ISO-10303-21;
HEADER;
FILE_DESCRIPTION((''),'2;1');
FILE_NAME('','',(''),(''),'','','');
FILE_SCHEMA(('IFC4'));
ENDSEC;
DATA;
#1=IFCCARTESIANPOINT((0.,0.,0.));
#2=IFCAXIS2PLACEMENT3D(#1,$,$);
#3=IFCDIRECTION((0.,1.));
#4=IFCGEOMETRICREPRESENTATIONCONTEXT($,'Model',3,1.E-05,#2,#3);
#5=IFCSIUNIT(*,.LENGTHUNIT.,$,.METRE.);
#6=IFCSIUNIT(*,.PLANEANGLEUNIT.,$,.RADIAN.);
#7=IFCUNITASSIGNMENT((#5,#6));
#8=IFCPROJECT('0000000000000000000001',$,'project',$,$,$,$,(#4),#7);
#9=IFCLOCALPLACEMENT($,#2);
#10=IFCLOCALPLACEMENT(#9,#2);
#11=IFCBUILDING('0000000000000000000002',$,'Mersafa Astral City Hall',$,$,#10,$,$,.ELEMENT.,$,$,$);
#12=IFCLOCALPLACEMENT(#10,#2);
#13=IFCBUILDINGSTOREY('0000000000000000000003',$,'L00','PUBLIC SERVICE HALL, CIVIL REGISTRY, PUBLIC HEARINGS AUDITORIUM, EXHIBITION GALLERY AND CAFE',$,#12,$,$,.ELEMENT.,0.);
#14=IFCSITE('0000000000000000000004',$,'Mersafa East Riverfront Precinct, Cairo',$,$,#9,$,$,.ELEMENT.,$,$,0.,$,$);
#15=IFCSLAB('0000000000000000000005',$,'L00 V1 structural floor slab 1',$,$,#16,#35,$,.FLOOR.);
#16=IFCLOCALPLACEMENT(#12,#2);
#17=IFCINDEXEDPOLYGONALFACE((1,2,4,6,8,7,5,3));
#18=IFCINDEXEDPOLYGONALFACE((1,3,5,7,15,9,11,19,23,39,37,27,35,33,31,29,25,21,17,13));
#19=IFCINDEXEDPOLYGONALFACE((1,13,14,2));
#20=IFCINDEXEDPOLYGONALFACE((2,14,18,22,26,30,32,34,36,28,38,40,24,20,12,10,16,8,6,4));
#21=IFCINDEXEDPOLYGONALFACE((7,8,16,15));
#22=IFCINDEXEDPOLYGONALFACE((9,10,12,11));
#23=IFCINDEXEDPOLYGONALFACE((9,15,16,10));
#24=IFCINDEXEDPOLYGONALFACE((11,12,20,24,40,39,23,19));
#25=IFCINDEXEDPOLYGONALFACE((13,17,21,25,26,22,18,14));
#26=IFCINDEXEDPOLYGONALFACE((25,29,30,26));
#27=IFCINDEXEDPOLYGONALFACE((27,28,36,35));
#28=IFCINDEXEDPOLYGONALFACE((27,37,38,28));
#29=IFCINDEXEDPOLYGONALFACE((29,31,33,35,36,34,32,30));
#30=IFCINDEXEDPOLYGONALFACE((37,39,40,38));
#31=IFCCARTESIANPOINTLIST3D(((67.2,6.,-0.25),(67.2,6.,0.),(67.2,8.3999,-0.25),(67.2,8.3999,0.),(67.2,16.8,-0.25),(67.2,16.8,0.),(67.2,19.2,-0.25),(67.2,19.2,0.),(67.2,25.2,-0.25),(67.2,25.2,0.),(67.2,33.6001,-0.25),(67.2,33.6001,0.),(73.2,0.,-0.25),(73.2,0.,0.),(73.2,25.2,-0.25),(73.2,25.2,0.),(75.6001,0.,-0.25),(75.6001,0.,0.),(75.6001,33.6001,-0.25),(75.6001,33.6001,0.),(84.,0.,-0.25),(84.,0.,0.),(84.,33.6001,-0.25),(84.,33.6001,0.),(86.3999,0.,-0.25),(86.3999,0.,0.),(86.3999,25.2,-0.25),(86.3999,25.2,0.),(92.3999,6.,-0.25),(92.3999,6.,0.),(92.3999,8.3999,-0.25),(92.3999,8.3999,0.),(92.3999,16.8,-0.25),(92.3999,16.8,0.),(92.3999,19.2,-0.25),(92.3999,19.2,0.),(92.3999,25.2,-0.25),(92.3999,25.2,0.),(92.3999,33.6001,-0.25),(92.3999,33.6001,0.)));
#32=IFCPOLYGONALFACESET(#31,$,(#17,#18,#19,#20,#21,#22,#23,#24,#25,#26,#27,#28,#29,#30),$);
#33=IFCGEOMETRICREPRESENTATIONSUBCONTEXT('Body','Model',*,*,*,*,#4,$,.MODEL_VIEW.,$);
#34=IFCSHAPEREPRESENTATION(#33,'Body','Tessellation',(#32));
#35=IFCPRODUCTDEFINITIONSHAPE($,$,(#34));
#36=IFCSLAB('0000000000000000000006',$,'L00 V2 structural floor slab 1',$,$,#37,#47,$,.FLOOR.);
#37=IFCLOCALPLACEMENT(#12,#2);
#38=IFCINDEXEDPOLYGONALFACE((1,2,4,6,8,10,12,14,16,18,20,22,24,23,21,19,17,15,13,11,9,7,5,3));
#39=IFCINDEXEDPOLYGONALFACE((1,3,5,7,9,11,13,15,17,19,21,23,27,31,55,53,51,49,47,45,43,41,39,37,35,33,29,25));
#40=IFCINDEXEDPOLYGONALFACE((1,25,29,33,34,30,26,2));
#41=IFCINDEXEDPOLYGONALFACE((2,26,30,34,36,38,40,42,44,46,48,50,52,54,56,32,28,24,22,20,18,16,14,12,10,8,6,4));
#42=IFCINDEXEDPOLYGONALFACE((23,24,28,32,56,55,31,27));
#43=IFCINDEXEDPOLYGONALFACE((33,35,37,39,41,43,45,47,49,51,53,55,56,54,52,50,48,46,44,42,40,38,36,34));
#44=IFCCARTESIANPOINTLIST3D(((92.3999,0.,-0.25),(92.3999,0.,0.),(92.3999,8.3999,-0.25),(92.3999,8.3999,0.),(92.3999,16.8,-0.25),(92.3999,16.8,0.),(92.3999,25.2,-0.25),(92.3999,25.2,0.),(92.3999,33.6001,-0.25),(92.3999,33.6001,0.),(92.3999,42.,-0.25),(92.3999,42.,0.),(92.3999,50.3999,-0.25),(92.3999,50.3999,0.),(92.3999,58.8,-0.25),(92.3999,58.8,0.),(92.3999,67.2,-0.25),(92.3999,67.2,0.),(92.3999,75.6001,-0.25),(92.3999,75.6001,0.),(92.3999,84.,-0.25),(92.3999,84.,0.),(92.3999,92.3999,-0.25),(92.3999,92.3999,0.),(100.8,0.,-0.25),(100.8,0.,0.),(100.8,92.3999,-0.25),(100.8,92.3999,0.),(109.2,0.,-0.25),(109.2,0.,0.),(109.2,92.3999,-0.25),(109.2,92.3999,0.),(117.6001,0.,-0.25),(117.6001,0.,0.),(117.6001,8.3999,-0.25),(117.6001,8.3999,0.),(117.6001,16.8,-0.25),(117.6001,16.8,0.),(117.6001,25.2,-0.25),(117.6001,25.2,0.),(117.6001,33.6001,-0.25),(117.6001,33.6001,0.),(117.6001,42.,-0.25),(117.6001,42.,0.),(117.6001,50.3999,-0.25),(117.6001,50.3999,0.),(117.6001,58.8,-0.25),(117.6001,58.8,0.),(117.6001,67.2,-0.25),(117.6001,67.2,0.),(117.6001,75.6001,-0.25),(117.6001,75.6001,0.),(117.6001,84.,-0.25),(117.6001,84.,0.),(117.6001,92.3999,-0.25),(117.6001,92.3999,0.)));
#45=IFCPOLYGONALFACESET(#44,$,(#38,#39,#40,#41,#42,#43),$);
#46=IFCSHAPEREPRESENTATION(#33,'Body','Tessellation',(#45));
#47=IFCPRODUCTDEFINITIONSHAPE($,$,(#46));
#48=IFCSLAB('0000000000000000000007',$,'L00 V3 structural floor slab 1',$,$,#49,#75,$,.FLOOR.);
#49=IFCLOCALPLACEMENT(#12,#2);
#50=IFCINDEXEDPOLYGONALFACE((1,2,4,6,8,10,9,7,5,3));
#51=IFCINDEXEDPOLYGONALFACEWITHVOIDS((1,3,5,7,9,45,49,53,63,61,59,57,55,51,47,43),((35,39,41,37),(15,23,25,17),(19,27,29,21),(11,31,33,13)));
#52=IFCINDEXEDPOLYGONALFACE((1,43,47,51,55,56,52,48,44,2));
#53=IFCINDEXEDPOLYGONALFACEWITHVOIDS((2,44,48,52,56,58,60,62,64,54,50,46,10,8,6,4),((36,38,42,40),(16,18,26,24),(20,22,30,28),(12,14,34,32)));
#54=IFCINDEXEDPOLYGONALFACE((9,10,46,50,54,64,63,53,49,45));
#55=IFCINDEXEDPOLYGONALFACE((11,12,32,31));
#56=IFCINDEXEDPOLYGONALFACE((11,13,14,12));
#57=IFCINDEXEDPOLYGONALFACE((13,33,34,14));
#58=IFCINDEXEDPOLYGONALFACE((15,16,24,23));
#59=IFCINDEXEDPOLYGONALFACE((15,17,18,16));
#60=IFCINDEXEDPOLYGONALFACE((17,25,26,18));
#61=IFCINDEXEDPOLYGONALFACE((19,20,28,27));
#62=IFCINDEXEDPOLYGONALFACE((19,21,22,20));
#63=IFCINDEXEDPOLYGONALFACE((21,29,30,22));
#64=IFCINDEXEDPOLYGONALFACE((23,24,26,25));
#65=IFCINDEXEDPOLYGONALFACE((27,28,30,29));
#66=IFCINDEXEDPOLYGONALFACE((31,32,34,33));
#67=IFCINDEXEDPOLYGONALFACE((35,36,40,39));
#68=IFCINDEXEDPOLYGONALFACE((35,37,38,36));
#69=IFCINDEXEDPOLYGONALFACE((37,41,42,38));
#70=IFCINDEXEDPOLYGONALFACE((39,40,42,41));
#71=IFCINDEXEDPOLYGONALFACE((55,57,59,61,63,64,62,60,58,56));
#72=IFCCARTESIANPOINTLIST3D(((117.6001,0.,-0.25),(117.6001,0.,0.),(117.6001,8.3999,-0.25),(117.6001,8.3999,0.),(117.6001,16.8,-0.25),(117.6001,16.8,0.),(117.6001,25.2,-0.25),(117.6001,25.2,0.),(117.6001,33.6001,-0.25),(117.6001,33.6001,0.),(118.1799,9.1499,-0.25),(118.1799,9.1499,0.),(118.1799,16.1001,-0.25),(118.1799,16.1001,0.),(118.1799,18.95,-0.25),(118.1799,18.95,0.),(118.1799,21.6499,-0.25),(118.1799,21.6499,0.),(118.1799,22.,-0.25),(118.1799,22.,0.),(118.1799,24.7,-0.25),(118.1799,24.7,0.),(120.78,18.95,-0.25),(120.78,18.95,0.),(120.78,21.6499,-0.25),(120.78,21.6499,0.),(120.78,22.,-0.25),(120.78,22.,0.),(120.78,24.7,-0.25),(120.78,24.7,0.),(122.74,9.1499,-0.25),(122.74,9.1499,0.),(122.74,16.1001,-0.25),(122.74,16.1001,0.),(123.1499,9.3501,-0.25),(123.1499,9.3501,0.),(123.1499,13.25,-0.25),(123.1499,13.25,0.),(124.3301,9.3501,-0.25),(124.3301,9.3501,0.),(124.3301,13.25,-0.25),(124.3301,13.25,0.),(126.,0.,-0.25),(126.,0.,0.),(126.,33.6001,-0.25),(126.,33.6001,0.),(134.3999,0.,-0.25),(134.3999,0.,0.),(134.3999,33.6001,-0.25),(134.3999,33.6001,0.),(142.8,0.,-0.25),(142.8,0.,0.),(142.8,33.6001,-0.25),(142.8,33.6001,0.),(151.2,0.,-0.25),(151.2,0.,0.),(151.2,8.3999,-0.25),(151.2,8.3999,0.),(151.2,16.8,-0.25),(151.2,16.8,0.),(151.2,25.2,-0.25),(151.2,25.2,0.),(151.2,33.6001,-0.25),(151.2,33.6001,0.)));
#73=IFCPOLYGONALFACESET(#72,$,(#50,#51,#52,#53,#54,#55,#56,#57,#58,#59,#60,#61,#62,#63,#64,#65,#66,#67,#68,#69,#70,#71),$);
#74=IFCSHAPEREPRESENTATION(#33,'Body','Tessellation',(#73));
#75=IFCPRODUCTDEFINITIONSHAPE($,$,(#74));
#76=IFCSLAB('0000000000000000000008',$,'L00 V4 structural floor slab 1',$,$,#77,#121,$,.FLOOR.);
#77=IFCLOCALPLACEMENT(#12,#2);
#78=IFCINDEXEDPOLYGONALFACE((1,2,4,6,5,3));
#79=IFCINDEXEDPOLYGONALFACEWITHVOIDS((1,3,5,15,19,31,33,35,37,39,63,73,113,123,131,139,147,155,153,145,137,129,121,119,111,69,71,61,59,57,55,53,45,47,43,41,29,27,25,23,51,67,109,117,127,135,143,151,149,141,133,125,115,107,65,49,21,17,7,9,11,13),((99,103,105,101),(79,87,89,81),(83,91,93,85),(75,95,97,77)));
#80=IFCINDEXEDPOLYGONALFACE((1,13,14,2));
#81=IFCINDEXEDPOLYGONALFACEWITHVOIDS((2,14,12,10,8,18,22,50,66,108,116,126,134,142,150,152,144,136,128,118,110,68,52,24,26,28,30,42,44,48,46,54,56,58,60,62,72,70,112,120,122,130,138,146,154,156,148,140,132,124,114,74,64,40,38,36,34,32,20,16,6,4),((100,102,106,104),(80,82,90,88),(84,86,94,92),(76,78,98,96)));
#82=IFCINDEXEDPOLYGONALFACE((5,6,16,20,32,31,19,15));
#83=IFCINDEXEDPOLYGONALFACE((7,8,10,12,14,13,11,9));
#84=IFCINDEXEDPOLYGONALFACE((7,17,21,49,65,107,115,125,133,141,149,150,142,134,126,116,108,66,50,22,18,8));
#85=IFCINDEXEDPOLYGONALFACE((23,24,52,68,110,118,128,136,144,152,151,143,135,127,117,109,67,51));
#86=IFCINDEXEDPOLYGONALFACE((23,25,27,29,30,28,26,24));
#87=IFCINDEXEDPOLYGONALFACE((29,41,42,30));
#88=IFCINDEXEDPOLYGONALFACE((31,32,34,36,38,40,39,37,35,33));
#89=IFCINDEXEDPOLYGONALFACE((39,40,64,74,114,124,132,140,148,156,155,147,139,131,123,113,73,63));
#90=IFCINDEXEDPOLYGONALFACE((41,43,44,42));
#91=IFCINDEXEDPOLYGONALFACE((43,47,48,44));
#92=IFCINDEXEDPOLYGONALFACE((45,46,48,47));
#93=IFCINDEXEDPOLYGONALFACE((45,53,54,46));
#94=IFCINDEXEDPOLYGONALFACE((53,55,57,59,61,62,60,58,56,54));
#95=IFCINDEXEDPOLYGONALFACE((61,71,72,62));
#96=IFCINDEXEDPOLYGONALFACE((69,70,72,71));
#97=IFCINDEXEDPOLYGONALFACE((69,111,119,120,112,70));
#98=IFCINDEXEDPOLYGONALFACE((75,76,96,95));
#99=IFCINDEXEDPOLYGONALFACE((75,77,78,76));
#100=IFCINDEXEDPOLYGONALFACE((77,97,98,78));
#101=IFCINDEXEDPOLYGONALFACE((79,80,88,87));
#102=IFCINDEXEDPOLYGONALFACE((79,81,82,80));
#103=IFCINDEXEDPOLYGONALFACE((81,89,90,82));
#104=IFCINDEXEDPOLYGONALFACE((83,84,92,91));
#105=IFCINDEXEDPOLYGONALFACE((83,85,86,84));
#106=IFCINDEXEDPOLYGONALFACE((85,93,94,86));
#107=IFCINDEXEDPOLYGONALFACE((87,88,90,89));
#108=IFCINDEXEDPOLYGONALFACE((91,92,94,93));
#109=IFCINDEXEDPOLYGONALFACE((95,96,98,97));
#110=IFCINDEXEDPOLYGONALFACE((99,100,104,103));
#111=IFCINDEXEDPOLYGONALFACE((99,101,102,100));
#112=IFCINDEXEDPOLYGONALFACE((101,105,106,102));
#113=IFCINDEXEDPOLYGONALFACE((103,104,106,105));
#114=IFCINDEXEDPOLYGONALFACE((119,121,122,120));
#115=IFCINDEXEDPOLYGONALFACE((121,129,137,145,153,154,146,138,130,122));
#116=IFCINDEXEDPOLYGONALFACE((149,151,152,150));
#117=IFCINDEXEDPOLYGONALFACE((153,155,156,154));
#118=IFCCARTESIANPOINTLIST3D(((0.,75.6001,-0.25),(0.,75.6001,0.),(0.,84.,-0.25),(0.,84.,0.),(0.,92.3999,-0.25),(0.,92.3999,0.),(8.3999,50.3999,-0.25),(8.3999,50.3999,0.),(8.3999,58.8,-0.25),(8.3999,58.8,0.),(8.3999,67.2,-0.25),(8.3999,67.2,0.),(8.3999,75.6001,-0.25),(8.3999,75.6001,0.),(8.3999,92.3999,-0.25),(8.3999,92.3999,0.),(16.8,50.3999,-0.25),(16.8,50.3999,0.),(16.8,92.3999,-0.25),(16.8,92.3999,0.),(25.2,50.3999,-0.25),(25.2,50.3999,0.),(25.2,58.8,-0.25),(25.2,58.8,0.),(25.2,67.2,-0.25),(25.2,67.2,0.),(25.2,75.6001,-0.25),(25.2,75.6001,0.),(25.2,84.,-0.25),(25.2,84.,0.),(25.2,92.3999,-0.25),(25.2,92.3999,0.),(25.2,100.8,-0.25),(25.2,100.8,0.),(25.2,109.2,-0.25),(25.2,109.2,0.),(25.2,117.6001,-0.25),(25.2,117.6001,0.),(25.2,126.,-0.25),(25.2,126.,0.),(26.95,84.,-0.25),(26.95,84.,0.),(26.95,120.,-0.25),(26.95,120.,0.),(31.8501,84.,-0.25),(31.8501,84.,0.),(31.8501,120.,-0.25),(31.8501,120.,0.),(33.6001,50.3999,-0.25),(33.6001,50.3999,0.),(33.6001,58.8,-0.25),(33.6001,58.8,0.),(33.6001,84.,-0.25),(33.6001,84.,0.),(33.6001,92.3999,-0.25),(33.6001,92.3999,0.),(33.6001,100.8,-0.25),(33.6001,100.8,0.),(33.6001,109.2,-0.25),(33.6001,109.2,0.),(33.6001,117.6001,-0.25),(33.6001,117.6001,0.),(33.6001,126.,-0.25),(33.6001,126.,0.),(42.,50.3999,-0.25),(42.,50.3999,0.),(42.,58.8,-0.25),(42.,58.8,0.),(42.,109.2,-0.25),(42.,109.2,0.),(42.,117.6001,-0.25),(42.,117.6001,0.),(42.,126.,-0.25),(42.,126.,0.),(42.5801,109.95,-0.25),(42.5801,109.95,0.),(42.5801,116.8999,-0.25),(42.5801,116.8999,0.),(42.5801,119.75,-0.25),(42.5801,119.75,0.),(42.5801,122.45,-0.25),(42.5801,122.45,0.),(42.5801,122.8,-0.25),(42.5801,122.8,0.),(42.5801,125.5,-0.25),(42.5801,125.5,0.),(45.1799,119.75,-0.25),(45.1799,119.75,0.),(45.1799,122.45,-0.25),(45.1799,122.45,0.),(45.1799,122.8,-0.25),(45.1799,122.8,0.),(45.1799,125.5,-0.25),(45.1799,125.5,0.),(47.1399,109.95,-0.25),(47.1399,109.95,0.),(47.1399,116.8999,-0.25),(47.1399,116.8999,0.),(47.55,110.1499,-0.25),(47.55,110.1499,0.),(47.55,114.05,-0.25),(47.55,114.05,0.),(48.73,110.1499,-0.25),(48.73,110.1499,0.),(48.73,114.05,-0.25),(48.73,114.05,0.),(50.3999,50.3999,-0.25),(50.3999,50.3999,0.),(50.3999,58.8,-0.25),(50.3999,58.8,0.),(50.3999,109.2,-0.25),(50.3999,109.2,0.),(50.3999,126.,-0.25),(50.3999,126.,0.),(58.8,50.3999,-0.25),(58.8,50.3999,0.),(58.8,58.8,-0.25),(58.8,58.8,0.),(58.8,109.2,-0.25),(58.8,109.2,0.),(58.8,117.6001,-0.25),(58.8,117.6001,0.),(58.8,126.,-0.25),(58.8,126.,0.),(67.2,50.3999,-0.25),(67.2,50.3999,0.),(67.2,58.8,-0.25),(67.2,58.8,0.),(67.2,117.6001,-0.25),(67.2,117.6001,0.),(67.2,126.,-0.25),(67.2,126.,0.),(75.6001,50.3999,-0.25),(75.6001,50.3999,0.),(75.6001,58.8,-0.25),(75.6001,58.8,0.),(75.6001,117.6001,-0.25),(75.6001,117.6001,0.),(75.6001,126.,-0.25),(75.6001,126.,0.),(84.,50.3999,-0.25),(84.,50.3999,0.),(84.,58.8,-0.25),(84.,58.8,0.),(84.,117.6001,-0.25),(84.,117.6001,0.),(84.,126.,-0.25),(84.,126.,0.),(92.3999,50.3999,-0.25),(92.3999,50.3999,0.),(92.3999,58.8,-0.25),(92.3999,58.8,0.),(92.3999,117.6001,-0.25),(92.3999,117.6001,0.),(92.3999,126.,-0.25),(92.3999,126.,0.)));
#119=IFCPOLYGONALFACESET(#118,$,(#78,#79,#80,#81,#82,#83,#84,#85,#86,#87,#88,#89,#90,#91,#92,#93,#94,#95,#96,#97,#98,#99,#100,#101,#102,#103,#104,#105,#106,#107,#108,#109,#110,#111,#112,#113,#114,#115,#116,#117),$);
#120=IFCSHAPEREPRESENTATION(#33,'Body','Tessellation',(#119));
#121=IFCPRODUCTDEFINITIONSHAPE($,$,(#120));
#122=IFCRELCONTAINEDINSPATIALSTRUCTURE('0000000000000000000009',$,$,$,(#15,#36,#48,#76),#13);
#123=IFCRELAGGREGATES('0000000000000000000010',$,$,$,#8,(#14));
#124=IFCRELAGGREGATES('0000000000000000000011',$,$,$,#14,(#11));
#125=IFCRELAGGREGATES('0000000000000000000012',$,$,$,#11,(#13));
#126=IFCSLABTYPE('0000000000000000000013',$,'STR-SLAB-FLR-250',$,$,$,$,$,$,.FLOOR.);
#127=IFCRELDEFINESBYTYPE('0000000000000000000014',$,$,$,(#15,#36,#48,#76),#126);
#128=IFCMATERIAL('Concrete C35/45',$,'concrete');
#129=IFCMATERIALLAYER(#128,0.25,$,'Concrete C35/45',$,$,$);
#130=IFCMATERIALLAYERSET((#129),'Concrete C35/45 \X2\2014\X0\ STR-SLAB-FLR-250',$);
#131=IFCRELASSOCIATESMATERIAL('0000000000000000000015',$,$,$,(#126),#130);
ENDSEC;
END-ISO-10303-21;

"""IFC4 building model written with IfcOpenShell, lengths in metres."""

from ifc_helpers import new_model, si_unit, direction, frame, origin, place, context, subcontext, project, spatial, polyline, outline, extrude, material, layer, layer_set, type_object, element, save


model = new_model("IFC4")

# Units and contexts
model_context = context("Model", 3, precision=1e-05, world=origin(), true_north=direction((0.0, 1.0)))
body_context = subcontext(model_context, "Body", "Model", "MODEL_VIEW")
ifc_project = project(units=[si_unit("LENGTHUNIT", "METRE"), si_unit("PLANEANGLEUNIT", "RADIAN")], contexts=[model_context])

# Site, building, storey
site_placement = place(None, origin())
site = spatial("IfcSite", under=ifc_project, at=site_placement, Name="Mersafa East Riverfront Precinct, Cairo", CompositionType="ELEMENT", RefElevation=0.0)
building_placement = place(site_placement, origin())
building = spatial("IfcBuilding", under=site, at=building_placement, Name="Mersafa Astral City Hall", CompositionType="ELEMENT")
storey_placement = place(building_placement, origin())
storey = spatial("IfcBuildingStorey", under=building, at=storey_placement, Name="L00", Description="PUBLIC SERVICE HALL, CIVIL REGISTRY, PUBLIC HEARINGS AUDITORIUM, EXHIBITION GALLERY AND CAFE", CompositionType="ELEMENT", Elevation=0.0)

# Slabs
ifc_material_1 = material(Name="Concrete C35/45", Category="concrete")
ifc_layer_1 = layer(ifc_material_1, 0.25, Name="Concrete C35/45")
ifc_layer_set_1 = layer_set([ifc_layer_1], Name="Concrete C35/45 — STR-SLAB-FLR-250")
slab_type_1 = type_object("IfcSlabType", Name="STR-SLAB-FLR-250", PredefinedType="FLOOR", material=ifc_layer_set_1)
slab_1_placement = place(storey_placement, frame((0.0, 0.0, -0.25)))
element("IfcSlab", 1, at=slab_1_placement, inside=storey, type_object=slab_type_1, Name="L00 V1 structural floor slab 1", PredefinedType="FLOOR", context=body_context, shape_type="SweptSolid", body=[
    extrude(outline(polyline([(73.2, 25.2), (67.2, 25.2), (67.2, 25.2), (67.2, 33.6001), (75.6001, 33.6001), (84.0, 33.6001), (92.3999, 33.6001), (92.3999, 25.2), (92.3999, 25.2), (86.3999, 25.2), (92.3999, 19.2), (92.3999, 16.8), (92.3999, 8.3999), (92.3999, 6.0), (86.3999, 0.0), (84.0, 0.0), (75.6001, 0.0), (73.2, 0.0), (67.2, 6.0), (67.2, 8.3999), (67.2, 16.8), (67.2, 19.2), (73.2, 25.2)])), origin(), (0.0, 0.0, 1.0), 0.25),
])
slab_2_placement = place(storey_placement, frame((0.0, 0.0, -0.25)))
element("IfcSlab", 2, at=slab_2_placement, inside=storey, type_object=slab_type_1, Name="L00 V2 structural floor slab 1", PredefinedType="FLOOR", context=body_context, shape_type="SweptSolid", body=[
    extrude(outline(polyline([(92.3999, 33.6001), (92.3999, 42.0), (92.3999, 50.3999), (92.3999, 58.8), (92.3999, 67.2), (92.3999, 75.6001), (92.3999, 84.0), (92.3999, 92.3999), (100.8, 92.3999), (109.2, 92.3999), (117.6001, 92.3999), (117.6001, 84.0), (117.6001, 75.6001), (117.6001, 67.2), (117.6001, 58.8), (117.6001, 50.3999), (117.6001, 42.0), (117.6001, 33.6001), (117.6001, 25.2), (117.6001, 16.8), (117.6001, 8.3999), (117.6001, 0.0), (109.2, 0.0), (100.8, 0.0), (92.3999, 0.0), (92.3999, 8.3999), (92.3999, 16.8), (92.3999, 25.2), (92.3999, 33.6001)])), origin(), (0.0, 0.0, 1.0), 0.25),
])
slab_3_placement = place(storey_placement, frame((0.0, 0.0, -0.25)))
element("IfcSlab", 3, at=slab_3_placement, inside=storey, type_object=slab_type_1, Name="L00 V3 structural floor slab 1", PredefinedType="FLOOR", context=body_context, shape_type="SweptSolid", body=[
    extrude(outline(polyline([(117.6001, 33.6001), (126.0, 33.6001), (134.3999, 33.6001), (142.8, 33.6001), (151.2, 33.6001), (151.2, 25.2), (151.2, 16.8), (151.2, 8.3999), (151.2, 0.0), (142.8, 0.0), (134.3999, 0.0), (126.0, 0.0), (117.6001, 0.0), (117.6001, 8.3999), (117.6001, 16.8), (117.6001, 25.2), (117.6001, 33.6001)]), holes=[polyline([(124.3301, 13.25), (123.1499, 13.25), (123.1499, 9.3501), (124.3301, 9.3501), (124.3301, 13.25)]), polyline([(118.1799, 9.1499), (122.74, 9.1499), (122.74, 16.1001), (118.1799, 16.1001), (118.1799, 9.1499)]), polyline([(120.78, 21.6499), (118.1799, 21.6499), (118.1799, 18.95), (120.78, 18.95), (120.78, 21.6499)]), polyline([(120.78, 22.0), (120.78, 24.7), (118.1799, 24.7), (118.1799, 22.0), (120.78, 22.0)])]), origin(), (0.0, 0.0, 1.0), 0.25),
])
slab_4_placement = place(storey_placement, frame((0.0, 0.0, -0.25)))
element("IfcSlab", 4, at=slab_4_placement, inside=storey, type_object=slab_type_1, Name="L00 V4 structural floor slab 1", PredefinedType="FLOOR", context=body_context, shape_type="SweptSolid", body=[
    extrude(outline(polyline([(8.3999, 50.3999), (8.3999, 58.8), (8.3999, 67.2), (8.3999, 75.6001), (0.0, 75.6001), (0.0, 84.0), (0.0, 92.3999), (8.3999, 92.3999), (16.8, 92.3999), (25.2, 92.3999), (25.2, 100.8), (25.2, 109.2), (25.2, 117.6001), (25.2, 126.0), (33.6001, 126.0), (42.0, 126.0), (50.3999, 126.0), (58.8, 126.0), (67.2, 126.0), (75.6001, 126.0), (84.0, 126.0), (92.3999, 126.0), (92.3999, 117.6001), (84.0, 117.6001), (75.6001, 117.6001), (67.2, 117.6001), (58.8, 117.6001), (58.8, 109.2), (50.3999, 109.2), (42.0, 109.2), (42.0, 117.6001), (33.6001, 117.6001), (33.6001, 109.2), (33.6001, 100.8), (33.6001, 92.3999), (33.6001, 84.0), (31.8501, 84.0), (31.8501, 120.0), (26.95, 120.0), (26.95, 84.0), (25.2, 84.0), (25.2, 75.6001), (25.2, 67.2), (25.2, 58.8), (33.6001, 58.8), (42.0, 58.8), (50.3999, 58.8), (58.8, 58.8), (67.2, 58.8), (75.6001, 58.8), (84.0, 58.8), (92.3999, 58.8), (92.3999, 50.3999), (84.0, 50.3999), (75.6001, 50.3999), (67.2, 50.3999), (58.8, 50.3999), (50.3999, 50.3999), (42.0, 50.3999), (33.6001, 50.3999), (25.2, 50.3999), (16.8, 50.3999), (8.3999, 50.3999)]), holes=[polyline([(48.73, 114.05), (47.55, 114.05), (47.55, 110.1499), (48.73, 110.1499), (48.73, 114.05)]), polyline([(42.5801, 109.95), (47.1399, 109.95), (47.1399, 116.8999), (42.5801, 116.8999), (42.5801, 109.95)]), polyline([(45.1799, 122.45), (42.5801, 122.45), (42.5801, 119.75), (45.1799, 119.75), (45.1799, 122.45)]), polyline([(45.1799, 122.8), (45.1799, 125.5), (42.5801, 125.5), (42.5801, 122.8), (45.1799, 122.8)])]), origin(), (0.0, 0.0, 1.0), 0.25),
])

save(model, "model.ifc")
